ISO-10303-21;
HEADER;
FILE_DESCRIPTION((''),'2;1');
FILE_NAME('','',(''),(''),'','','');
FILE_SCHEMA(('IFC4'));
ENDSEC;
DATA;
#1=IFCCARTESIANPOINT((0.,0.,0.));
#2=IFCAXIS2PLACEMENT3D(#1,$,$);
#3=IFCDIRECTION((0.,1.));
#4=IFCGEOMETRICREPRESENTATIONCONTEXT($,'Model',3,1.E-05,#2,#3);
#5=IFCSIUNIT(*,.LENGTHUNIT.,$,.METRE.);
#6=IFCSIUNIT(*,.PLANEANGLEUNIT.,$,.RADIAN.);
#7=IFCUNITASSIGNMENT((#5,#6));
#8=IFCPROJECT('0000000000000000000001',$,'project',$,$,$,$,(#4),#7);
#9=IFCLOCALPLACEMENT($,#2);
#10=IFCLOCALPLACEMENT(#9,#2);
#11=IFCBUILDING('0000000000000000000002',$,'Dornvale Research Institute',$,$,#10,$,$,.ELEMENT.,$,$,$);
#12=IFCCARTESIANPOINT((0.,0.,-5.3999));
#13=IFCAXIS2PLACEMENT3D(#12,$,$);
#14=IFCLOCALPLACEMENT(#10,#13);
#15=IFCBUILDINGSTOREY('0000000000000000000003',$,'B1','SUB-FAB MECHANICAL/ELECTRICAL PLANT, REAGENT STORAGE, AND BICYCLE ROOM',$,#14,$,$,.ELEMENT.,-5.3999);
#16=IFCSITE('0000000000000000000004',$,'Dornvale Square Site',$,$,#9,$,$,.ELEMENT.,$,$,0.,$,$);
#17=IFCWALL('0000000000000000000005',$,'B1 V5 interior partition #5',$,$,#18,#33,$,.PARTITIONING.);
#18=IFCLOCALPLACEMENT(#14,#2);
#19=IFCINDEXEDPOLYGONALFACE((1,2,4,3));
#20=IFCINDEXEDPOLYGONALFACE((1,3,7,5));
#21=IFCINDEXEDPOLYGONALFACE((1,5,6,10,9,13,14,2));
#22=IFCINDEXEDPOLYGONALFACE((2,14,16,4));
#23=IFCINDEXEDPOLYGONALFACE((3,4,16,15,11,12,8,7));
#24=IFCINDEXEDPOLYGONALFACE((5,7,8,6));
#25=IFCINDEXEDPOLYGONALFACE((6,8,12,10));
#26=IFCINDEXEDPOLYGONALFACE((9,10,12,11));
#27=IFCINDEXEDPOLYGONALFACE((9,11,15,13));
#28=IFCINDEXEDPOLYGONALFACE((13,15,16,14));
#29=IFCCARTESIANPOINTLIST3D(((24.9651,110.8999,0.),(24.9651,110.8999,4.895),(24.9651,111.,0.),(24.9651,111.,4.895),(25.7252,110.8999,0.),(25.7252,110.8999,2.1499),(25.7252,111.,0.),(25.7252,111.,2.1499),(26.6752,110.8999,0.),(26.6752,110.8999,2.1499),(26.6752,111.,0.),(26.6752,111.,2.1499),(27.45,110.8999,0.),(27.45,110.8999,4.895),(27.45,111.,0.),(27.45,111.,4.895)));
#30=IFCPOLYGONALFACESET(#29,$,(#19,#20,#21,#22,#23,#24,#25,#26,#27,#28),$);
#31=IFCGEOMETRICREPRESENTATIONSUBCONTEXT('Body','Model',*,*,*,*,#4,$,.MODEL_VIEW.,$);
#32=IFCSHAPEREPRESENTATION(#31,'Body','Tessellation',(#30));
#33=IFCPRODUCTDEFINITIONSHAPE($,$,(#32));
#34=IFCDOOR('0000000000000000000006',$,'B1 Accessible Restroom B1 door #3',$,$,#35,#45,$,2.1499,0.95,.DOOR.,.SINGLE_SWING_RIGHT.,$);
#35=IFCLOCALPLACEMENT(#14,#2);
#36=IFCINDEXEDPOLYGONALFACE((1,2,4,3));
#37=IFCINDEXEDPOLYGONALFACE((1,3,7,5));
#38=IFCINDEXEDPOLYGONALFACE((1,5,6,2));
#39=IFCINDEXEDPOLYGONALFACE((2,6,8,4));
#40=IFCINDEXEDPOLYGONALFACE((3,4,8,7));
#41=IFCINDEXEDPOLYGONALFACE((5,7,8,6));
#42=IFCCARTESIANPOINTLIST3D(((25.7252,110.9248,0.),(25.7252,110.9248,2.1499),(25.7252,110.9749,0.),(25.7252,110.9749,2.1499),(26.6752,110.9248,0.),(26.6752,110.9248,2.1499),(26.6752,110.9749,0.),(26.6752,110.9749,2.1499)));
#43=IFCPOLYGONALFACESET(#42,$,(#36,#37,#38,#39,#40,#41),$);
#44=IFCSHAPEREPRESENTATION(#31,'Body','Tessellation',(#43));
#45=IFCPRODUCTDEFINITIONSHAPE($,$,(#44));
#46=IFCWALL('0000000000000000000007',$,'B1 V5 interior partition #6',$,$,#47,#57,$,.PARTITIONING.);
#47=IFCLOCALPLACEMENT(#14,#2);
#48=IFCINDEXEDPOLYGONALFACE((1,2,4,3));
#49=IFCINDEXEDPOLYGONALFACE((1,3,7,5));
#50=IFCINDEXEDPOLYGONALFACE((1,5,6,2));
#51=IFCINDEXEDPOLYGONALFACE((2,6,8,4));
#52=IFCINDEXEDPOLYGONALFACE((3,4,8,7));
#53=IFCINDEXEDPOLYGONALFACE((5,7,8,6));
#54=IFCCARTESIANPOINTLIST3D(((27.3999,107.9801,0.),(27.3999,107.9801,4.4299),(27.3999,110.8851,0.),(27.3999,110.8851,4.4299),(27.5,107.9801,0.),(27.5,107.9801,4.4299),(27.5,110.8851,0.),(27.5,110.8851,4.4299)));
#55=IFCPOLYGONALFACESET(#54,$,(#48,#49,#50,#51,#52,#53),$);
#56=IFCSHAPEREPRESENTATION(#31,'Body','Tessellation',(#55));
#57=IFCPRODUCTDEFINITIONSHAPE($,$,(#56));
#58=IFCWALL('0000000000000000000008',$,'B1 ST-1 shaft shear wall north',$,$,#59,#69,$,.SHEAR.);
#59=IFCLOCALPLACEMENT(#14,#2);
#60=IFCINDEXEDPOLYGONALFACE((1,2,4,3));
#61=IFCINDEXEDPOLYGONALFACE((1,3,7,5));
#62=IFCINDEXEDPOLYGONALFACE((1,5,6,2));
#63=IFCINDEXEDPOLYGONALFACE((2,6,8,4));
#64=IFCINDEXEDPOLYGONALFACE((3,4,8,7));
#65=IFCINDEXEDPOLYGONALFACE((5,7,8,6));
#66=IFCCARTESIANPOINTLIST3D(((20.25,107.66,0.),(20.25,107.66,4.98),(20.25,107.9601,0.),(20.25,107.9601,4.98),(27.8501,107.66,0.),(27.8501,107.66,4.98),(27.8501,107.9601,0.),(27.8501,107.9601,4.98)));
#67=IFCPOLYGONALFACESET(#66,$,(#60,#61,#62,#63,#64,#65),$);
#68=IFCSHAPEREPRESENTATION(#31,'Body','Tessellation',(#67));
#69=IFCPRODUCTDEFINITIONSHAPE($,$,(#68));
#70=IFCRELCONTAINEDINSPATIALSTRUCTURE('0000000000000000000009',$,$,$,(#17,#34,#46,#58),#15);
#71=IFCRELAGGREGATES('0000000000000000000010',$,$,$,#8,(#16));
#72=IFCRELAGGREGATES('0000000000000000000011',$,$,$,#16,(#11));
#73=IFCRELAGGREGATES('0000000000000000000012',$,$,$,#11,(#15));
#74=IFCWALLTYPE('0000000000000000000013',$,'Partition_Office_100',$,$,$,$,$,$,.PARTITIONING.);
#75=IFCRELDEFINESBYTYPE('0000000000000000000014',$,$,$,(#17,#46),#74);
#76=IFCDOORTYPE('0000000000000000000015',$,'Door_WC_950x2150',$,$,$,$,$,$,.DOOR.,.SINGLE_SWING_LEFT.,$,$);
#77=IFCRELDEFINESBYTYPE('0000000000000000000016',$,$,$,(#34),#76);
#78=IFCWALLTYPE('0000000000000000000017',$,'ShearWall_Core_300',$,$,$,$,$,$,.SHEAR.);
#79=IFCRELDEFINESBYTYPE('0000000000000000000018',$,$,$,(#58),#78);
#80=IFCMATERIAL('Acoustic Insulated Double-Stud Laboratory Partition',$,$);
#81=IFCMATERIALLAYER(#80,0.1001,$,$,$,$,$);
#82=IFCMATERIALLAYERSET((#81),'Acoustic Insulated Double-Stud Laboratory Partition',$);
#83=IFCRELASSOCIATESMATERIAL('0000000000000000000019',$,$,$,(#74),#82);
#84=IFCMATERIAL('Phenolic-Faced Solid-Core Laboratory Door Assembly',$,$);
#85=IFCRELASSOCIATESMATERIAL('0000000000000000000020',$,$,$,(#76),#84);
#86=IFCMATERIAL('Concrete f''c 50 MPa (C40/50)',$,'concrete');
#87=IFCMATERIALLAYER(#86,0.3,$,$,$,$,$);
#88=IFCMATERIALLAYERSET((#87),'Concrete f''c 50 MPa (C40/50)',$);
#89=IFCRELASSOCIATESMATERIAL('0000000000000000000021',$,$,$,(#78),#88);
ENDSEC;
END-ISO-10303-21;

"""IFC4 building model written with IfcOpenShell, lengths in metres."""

from ifc_helpers import new_model, si_unit, direction, frame, frame_2d, origin, place, context, subcontext, project, spatial, rectangle, extrude, material, layer, layer_set, type_object, element, fill, save


model = new_model("IFC4")

# Units and contexts
model_context = context("Model", 3, precision=1e-05, world=origin(), true_north=direction((0.0, 1.0)))
body_context = subcontext(model_context, "Body", "Model", "MODEL_VIEW")
ifc_project = project(units=[si_unit("LENGTHUNIT", "METRE"), si_unit("PLANEANGLEUNIT", "RADIAN")], contexts=[model_context])

# Site, building, storey
site_placement = place(None, origin())
site = spatial("IfcSite", under=ifc_project, at=site_placement, Name="Dornvale Square Site", CompositionType="ELEMENT", RefElevation=0.0)
building_placement = place(site_placement, origin())
building = spatial("IfcBuilding", under=site, at=building_placement, Name="Dornvale Research Institute", CompositionType="ELEMENT")
storey_placement = place(building_placement, frame((0.0, 0.0, -5.3999)))
storey = spatial("IfcBuildingStorey", under=building, at=storey_placement, Name="B1", Description="SUB-FAB MECHANICAL/ELECTRICAL PLANT, REAGENT STORAGE, AND BICYCLE ROOM", CompositionType="ELEMENT", Elevation=-5.3999)

# Shared definitions
ifc_material_1 = material(Name="Acoustic Insulated Double-Stud Laboratory Partition")
ifc_layer_1 = layer(ifc_material_1, 0.1001)
ifc_layer_set_1 = layer_set([ifc_layer_1], Name="Acoustic Insulated Double-Stud Laboratory Partition")
wall_type_1 = type_object("IfcWallType", Name="Partition_Office_100", PredefinedType="PARTITIONING", material=ifc_layer_set_1)
ifc_material_2 = material(Name="Phenolic-Faced Solid-Core Laboratory Door Assembly")
door_type_1 = type_object("IfcDoorType", Name="Door_WC_950x2150", OperationType="SINGLE_SWING_LEFT", PredefinedType="DOOR", material=ifc_material_2)

# Wall, opening, door
wall_1_placement = place(storey_placement, frame((24.9651, 110.95, 0.0), z_axis=(0.0, 0.0, 1.0), x_axis=(1.0, 0.0, 0.0)))
wall_1 = element("IfcWall", 1, at=wall_1_placement, inside=storey, type_object=wall_type_1, Name="B1 V5 interior partition #5", PredefinedType="PARTITIONING", context=body_context, shape_type="SweptSolid", body=[
    extrude(rectangle(XDim=2.4849, YDim=0.1001, at=frame_2d((1.2424, 0.0))), origin(), (0.0, 0.0, 1.0), 4.895),
])
opening_1_placement = place(wall_1_placement, frame((0.76, 0.0, 0.0)))
opening_1 = element("IfcOpeningElement", 2, at=opening_1_placement, cuts=wall_1, PredefinedType="OPENING", context=body_context, shape_type="SweptSolid", body=[
    extrude(rectangle(XDim=0.95, YDim=2.1499, at=frame_2d((0.4751, 1.075))), frame((0.0, 0.0649, 0.0), z_axis=(0.0, -1.0, 0.0), x_axis=(1.0, 0.0, 0.0)), (0.0, 0.0, 1.0), 0.1301),
])
door_1_placement = place(opening_1_placement, origin())
door_1 = element("IfcDoor", 3, at=door_1_placement, inside=storey, type_object=door_type_1, Name="B1 Accessible Restroom B1 door #3", OperationType="SINGLE_SWING_RIGHT", OverallHeight=2.1499, OverallWidth=0.95, PredefinedType="DOOR", context=body_context, shape_type="SweptSolid", body=[
    extrude(rectangle(XDim=0.95, YDim=2.1499, at=frame_2d((0.4751, 1.075))), frame((0.0, 0.0249, 0.0), z_axis=(0.0, -1.0, 0.0), x_axis=(1.0, 0.0, 0.0)), (0.0, 0.0, 1.0), 0.05),
])
fill(opening_1, door_1)

# Walls
wall_2_placement = place(storey_placement, frame((27.45, 107.98, 0.0), z_axis=(0.0, 0.0, 1.0), x_axis=(0.0, 1.0, 0.0)))
element("IfcWall", 4, at=wall_2_placement, inside=storey, type_object=wall_type_1, Name="B1 V5 interior partition #6", PredefinedType="PARTITIONING", context=body_context, shape_type="SweptSolid", body=[
    extrude(rectangle(XDim=2.905, YDim=0.1001, at=frame_2d((1.4526, 0.0))), origin(), (0.0, 0.0, 1.0), 4.4299),
])
ifc_material_3 = material(Name="Concrete f'c 50 MPa (C40/50)", Category="concrete")
ifc_layer_2 = layer(ifc_material_3, 0.3)
ifc_layer_set_2 = layer_set([ifc_layer_2], Name="Concrete f'c 50 MPa (C40/50)")
wall_type_2 = type_object("IfcWallType", Name="ShearWall_Core_300", PredefinedType="SHEAR", material=ifc_layer_set_2)
wall_3_placement = place(storey_placement, frame((20.25, 107.8101, 0.0), z_axis=(0.0, 0.0, 1.0), x_axis=(1.0, 0.0, 0.0)))
element("IfcWall", 5, at=wall_3_placement, inside=storey, type_object=wall_type_2, Name="B1 ST-1 shaft shear wall north", PredefinedType="SHEAR", context=body_context, shape_type="SweptSolid", body=[
    extrude(rectangle(XDim=7.6001, YDim=0.3, at=frame_2d((3.8, 0.0))), origin(), (0.0, 0.0, 1.0), 4.98),
])

save(model, "model.ifc")
